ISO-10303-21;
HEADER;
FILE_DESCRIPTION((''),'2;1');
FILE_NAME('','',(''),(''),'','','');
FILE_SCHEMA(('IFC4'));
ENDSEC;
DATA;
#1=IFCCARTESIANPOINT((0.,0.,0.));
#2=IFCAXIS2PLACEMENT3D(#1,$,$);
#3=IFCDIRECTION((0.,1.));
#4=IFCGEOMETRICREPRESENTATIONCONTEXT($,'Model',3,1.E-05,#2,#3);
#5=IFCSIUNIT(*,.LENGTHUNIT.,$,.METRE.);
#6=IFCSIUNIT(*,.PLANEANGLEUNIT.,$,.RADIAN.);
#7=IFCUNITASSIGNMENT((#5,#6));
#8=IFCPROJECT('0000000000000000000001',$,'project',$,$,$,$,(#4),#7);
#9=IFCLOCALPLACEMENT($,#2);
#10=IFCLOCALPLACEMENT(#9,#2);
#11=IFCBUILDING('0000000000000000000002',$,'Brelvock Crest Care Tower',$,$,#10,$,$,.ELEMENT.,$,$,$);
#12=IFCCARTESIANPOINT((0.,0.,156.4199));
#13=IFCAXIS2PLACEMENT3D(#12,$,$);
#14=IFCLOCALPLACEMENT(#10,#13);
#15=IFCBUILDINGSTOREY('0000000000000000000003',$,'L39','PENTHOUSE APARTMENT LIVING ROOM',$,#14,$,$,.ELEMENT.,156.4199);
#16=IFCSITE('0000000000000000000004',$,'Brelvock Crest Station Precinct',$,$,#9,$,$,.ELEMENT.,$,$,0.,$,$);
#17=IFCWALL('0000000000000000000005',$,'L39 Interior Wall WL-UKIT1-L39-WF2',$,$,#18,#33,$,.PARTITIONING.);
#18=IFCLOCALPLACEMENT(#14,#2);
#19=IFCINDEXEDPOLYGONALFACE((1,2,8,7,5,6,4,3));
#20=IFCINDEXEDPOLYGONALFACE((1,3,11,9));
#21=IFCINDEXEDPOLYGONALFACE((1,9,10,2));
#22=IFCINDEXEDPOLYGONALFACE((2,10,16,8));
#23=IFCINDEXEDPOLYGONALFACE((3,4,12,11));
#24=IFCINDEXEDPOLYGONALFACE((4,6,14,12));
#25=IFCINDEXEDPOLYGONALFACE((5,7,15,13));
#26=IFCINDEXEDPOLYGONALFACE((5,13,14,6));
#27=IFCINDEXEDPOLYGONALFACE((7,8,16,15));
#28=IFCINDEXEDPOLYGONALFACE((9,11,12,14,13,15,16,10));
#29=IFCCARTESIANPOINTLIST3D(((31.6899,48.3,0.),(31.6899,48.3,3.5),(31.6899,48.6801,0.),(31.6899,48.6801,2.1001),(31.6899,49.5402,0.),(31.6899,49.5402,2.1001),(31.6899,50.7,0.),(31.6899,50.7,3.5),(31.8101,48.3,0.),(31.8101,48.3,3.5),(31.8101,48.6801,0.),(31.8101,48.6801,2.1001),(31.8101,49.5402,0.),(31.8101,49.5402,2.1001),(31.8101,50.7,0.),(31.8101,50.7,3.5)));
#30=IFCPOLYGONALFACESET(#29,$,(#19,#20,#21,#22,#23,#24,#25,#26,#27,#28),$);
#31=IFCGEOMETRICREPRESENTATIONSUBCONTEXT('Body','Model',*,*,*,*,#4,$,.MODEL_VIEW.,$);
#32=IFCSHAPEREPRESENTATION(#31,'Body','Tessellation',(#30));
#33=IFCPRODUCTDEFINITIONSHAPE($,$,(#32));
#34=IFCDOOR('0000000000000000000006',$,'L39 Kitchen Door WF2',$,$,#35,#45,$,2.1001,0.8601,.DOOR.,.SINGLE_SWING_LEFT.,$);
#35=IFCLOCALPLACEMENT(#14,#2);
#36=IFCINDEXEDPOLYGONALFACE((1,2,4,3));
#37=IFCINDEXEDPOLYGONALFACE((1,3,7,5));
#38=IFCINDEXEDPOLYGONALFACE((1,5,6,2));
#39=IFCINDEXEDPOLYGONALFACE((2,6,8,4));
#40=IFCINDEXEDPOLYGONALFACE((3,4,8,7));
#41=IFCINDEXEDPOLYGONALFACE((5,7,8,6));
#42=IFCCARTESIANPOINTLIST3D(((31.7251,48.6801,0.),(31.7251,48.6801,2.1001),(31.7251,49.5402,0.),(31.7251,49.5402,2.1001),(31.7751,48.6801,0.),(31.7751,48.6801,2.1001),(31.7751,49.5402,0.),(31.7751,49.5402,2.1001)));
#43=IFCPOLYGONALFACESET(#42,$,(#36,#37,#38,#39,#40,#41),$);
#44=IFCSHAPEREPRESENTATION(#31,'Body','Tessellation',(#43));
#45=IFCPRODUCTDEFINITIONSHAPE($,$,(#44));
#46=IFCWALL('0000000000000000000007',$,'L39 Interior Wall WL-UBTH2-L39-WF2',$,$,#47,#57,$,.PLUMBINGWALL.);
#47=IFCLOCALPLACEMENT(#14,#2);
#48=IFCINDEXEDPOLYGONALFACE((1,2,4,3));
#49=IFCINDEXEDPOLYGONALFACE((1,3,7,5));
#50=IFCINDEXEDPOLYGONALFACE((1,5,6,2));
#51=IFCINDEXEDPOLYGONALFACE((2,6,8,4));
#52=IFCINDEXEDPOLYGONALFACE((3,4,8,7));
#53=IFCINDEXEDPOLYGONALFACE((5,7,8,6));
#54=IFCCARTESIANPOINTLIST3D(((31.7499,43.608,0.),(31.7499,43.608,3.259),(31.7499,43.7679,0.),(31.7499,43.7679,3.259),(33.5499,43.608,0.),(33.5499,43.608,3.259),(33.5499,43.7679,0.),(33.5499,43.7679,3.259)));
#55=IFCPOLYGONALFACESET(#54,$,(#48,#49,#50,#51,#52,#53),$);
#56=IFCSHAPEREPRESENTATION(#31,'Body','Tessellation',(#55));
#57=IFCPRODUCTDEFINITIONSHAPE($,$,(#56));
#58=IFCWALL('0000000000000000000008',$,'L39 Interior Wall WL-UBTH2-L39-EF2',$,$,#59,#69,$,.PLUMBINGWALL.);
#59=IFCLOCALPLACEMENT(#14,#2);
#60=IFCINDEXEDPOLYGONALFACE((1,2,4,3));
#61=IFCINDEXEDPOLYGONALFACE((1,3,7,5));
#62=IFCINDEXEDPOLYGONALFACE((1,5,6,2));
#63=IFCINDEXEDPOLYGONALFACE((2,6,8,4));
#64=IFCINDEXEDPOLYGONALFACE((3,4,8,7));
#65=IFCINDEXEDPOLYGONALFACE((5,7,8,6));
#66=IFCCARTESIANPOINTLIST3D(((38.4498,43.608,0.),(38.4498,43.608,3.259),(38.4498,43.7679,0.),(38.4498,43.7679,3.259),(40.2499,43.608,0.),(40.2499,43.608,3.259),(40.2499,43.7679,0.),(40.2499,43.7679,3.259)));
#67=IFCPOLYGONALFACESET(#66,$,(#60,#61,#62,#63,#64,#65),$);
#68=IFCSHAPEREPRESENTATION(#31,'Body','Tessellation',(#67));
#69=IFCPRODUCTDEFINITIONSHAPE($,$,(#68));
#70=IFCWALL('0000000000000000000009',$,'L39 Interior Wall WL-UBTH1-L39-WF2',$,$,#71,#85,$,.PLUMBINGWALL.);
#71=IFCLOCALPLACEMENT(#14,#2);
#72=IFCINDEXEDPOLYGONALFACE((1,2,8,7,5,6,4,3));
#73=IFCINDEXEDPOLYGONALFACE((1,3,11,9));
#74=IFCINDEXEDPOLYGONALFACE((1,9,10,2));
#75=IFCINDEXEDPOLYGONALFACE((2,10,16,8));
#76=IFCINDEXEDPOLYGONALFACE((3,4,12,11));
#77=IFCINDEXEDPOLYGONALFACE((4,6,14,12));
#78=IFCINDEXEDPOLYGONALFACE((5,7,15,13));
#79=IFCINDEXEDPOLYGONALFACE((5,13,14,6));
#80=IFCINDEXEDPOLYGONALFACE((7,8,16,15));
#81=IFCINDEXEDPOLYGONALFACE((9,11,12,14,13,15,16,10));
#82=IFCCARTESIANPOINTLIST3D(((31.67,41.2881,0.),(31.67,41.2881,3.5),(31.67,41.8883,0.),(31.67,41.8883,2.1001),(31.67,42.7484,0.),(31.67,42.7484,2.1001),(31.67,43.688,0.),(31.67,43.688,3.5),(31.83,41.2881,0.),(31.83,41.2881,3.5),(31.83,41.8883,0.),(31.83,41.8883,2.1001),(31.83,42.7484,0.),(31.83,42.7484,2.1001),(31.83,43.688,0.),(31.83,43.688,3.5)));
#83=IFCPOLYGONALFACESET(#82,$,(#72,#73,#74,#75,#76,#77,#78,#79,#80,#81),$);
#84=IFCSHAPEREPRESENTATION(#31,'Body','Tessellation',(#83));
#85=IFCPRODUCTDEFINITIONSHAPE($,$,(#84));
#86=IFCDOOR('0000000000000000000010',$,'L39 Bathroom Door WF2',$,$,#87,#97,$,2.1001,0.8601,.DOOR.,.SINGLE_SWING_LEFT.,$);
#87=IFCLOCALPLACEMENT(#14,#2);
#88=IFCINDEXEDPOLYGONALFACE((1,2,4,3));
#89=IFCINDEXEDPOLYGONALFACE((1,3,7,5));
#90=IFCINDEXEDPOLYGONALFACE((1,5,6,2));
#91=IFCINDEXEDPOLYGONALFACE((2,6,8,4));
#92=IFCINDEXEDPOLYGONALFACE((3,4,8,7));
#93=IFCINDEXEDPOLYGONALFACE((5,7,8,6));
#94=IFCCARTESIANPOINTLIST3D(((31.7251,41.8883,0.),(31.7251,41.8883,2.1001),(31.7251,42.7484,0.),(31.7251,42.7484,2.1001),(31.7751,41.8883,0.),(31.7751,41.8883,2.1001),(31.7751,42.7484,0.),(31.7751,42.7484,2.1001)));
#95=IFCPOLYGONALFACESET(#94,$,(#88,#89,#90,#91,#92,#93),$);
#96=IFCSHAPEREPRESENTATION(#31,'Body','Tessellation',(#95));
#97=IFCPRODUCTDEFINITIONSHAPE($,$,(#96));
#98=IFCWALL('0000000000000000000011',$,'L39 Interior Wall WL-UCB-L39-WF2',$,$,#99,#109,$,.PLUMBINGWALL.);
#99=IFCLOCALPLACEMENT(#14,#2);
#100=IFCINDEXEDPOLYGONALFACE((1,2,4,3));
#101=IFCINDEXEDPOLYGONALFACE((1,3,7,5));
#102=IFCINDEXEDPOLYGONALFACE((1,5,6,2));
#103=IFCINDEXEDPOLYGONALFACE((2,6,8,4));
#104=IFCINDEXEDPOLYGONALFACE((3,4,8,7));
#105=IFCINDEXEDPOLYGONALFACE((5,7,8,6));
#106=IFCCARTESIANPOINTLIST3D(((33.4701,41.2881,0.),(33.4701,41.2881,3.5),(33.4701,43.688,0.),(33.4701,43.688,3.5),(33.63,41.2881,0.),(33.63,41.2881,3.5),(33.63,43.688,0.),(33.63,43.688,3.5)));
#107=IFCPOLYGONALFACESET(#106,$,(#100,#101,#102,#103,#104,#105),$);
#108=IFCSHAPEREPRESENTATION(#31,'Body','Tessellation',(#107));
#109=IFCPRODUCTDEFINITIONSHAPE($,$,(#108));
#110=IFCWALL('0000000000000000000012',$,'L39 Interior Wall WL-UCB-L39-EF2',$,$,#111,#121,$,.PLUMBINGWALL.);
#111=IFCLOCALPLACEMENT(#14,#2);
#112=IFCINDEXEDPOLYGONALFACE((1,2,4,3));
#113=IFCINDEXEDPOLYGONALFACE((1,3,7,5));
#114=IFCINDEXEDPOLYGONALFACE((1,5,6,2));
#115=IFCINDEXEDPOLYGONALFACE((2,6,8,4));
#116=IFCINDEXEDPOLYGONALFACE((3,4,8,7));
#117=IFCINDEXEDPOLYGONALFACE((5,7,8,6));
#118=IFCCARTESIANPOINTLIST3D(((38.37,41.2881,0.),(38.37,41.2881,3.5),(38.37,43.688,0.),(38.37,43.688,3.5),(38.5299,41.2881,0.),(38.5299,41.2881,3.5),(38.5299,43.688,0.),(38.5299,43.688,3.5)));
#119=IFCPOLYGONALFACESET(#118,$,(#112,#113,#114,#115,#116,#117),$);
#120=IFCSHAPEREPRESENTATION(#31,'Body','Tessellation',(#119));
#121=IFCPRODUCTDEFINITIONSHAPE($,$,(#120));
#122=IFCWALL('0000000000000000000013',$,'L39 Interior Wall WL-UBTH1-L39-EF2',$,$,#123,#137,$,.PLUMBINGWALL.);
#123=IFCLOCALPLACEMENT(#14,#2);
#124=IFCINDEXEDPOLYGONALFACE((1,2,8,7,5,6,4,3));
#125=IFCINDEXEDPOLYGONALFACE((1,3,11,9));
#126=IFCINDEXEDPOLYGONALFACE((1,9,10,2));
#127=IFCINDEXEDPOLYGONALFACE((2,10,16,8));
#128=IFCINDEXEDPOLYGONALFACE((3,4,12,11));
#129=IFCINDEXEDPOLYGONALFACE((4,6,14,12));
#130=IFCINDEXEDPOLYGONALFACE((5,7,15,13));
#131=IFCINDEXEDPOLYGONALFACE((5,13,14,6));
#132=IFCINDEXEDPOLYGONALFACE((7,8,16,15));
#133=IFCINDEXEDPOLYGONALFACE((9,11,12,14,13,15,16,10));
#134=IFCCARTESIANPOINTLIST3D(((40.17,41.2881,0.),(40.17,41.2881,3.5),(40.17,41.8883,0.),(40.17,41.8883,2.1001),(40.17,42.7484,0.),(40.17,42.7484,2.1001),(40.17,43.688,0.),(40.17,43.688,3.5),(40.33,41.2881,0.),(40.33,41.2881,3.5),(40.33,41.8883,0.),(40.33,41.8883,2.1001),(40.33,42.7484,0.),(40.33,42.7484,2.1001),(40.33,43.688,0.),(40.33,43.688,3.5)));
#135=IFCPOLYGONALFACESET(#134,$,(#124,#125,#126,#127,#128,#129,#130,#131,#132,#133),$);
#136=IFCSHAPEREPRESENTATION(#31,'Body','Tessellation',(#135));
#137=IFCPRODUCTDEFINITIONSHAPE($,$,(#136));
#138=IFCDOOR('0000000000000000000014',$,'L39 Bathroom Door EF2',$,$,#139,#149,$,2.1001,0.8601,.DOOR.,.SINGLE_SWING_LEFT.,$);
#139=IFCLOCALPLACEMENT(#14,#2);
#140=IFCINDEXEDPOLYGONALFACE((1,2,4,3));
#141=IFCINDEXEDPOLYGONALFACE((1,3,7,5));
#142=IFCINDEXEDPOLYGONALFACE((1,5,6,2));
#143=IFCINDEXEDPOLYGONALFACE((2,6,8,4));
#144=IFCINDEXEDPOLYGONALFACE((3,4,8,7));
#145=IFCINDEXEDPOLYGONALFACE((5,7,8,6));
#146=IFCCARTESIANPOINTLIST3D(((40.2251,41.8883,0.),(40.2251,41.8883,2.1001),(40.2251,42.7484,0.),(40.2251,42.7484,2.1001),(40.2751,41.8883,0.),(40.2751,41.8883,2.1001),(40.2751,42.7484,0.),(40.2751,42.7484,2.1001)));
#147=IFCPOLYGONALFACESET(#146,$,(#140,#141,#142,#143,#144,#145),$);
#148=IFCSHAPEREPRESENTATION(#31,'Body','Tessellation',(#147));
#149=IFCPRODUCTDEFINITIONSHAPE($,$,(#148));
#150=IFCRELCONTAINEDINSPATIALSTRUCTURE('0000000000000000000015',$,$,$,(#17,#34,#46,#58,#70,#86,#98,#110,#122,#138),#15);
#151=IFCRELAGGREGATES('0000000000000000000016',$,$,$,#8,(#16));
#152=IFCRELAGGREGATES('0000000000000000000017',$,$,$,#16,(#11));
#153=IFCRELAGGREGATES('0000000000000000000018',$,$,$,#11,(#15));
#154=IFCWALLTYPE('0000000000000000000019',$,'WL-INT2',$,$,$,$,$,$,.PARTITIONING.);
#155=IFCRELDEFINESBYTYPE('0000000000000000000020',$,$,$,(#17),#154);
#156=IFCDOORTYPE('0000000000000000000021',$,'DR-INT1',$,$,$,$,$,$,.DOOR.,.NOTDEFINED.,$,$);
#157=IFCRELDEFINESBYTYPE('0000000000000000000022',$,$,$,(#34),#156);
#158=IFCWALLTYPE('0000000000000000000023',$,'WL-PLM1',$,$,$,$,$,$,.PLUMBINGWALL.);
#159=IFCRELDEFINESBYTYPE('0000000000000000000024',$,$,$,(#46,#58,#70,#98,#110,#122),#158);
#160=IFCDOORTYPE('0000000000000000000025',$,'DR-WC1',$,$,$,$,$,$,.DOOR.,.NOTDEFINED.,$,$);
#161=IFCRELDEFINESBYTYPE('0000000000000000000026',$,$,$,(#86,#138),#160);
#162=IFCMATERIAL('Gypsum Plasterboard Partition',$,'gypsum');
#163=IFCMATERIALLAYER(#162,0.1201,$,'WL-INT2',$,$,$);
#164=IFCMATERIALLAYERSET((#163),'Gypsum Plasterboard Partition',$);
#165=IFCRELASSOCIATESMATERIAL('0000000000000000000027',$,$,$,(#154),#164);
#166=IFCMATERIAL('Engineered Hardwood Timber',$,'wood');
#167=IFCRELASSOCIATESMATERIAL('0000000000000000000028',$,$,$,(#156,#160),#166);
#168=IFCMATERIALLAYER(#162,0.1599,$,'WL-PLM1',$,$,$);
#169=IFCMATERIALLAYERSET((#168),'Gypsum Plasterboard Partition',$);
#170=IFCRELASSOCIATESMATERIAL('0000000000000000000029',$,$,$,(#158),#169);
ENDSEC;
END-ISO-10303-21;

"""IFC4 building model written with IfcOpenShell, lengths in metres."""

from ifc_helpers import new_model, si_unit, direction, frame, frame_2d, origin, origin_2d, place, context, subcontext, project, spatial, rectangle, extrude, source, transform, mapped, material, layer, layer_set, type_object, element, fill, save


model = new_model("IFC4")

# Units and contexts
model_context = context("Model", 3, precision=1e-05, world=origin(), true_north=direction((0.0, 1.0)))
body_context = subcontext(model_context, "Body", "Model", "MODEL_VIEW")
ifc_project = project(units=[si_unit("LENGTHUNIT", "METRE"), si_unit("PLANEANGLEUNIT", "RADIAN")], contexts=[model_context])

# Site, building, storey
site_placement = place(None, origin())
site = spatial("IfcSite", under=ifc_project, at=site_placement, Name="Brelvock Crest Station Precinct", CompositionType="ELEMENT", RefElevation=0.0)
building_placement = place(site_placement, origin())
building = spatial("IfcBuilding", under=site, at=building_placement, Name="Brelvock Crest Care Tower", CompositionType="ELEMENT")
storey_placement = place(building_placement, frame((0.0, 0.0, 156.4199)))
storey = spatial("IfcBuildingStorey", under=building, at=storey_placement, Name="L39", Description="PENTHOUSE APARTMENT LIVING ROOM", CompositionType="ELEMENT", Elevation=156.4199)

# Shared definitions
ifc_material_1 = material(Name="Engineered Hardwood Timber", Category="wood")

# Shared definitions
ifc_material_2 = material(Name="Gypsum Plasterboard Partition", Category="gypsum")
ifc_layer_1 = layer(ifc_material_2, 0.1201, Name="WL-INT2")
ifc_layer_set_1 = layer_set([ifc_layer_1], Name="Gypsum Plasterboard Partition")
wall_type_1 = type_object("IfcWallType", Name="WL-INT2", PredefinedType="PARTITIONING", material=ifc_layer_set_1)

# Wall, opening, door
wall_1_placement = place(storey_placement, frame((31.75, 48.3, 0.0), z_axis=(0.0, 0.0, 1.0), x_axis=(0.0, 1.0, 0.0)))
wall_1 = element("IfcWall", 1, at=wall_1_placement, inside=storey, type_object=wall_type_1, Name="L39 Interior Wall WL-UKIT1-L39-WF2", PredefinedType="PARTITIONING", context=body_context, shape_type="SweptSolid", body=[
    extrude(rectangle(XDim=2.3999, YDim=0.1201, at=frame_2d((1.2, 0.0))), origin(), (0.0, 0.0, 1.0), 3.5),
])
opening_1_placement = place(wall_1_placement, frame((0.3799, 0.0, 0.0)))
opening_1 = element("IfcOpeningElement", 2, at=opening_1_placement, cuts=wall_1, PredefinedType="OPENING", context=body_context, shape_type="SweptSolid", body=[
    extrude(rectangle(XDim=0.8601, YDim=2.1001, at=origin_2d()), frame((0.4302, 0.0701, 1.05), z_axis=(0.0, -1.0, 0.0), x_axis=(1.0, 0.0, 0.0)), (0.0, 0.0, 1.0), 0.1401),
])
door_type_1 = type_object("IfcDoorType", Name="DR-INT1", OperationType="NOTDEFINED", PredefinedType="DOOR", material=ifc_material_1)
shared_shape_1 = source(origin(), body_context, "Body", "SweptSolid", [
    extrude(rectangle(XDim=0.8601, YDim=2.1001, at=origin_2d()), frame((0.4302, 0.0249, 1.05), z_axis=(0.0, -1.0, 0.0), x_axis=(1.0, 0.0, 0.0)), (0.0, 0.0, 1.0), 0.05),
])
door_1_placement = place(opening_1_placement, origin())
door_1 = element("IfcDoor", 3, at=door_1_placement, inside=storey, type_object=door_type_1, Name="L39 Kitchen Door WF2", OperationType="SINGLE_SWING_LEFT", OverallHeight=2.1001, OverallWidth=0.8601, PredefinedType="DOOR", context=body_context, shape_type="MappedRepresentation", body=[
    mapped(shared_shape_1, transform((0.0, 0.0, 0.0), x_axis=(1.0, 0.0, 0.0), y_axis=(0.0, 1.0, 0.0), z_axis=(0.0, 0.0, 1.0), scale=1.0)),
])
fill(opening_1, door_1)

# Walls
ifc_layer_2 = layer(ifc_material_2, 0.1599, Name="WL-PLM1")
ifc_layer_set_2 = layer_set([ifc_layer_2], Name="Gypsum Plasterboard Partition")
wall_type_2 = type_object("IfcWallType", Name="WL-PLM1", PredefinedType="PLUMBINGWALL", material=ifc_layer_set_2)
for number, where, z_axis, x_axis, name in (
    (4, (31.75, 43.688, 0.0), (0.0, 0.0, 1.0), (1.0, 0.0, 0.0), "L39 Interior Wall WL-UBTH2-L39-WF2"),
    (5, (38.45, 43.688, 0.0), (0.0, 0.0, 1.0), (1.0, 0.0, 0.0), "L39 Interior Wall WL-UBTH2-L39-EF2"),
):
    element("IfcWall", number, at=place(storey_placement, frame(where, z_axis=z_axis, x_axis=x_axis)), inside=storey, type_object=wall_type_2, Name=name, PredefinedType="PLUMBINGWALL", context=body_context, shape_type="SweptSolid", body=[
        extrude(rectangle(XDim=1.8, YDim=0.1599, at=frame_2d((0.8999, 0.0))), origin(), (0.0, 0.0, 1.0), 3.259),
    ])

# Wall, opening, door
wall_2_placement = place(storey_placement, frame((31.75, 41.2881, 0.0), z_axis=(0.0, 0.0, 1.0), x_axis=(0.0, 1.0, 0.0)))
wall_2 = element("IfcWall", 6, at=wall_2_placement, inside=storey, type_object=wall_type_2, Name="L39 Interior Wall WL-UBTH1-L39-WF2", PredefinedType="PLUMBINGWALL", context=body_context, shape_type="SweptSolid", body=[
    extrude(rectangle(XDim=2.3999, YDim=0.1599, at=frame_2d((1.2, 0.0))), origin(), (0.0, 0.0, 1.0), 3.5),
])
opening_2_placement = place(wall_2_placement, frame((0.6001, 0.0, 0.0)))
opening_2 = element("IfcOpeningElement", 7, at=opening_2_placement, cuts=wall_2, PredefinedType="OPENING", context=body_context, shape_type="SweptSolid", body=[
    extrude(rectangle(XDim=0.8601, YDim=2.1001, at=origin_2d()), frame((0.4302, 0.0898, 1.05), z_axis=(0.0, -1.0, 0.0), x_axis=(1.0, 0.0, 0.0)), (0.0, 0.0, 1.0), 0.1799),
])
door_type_2 = type_object("IfcDoorType", Name="DR-WC1", OperationType="NOTDEFINED", PredefinedType="DOOR", material=ifc_material_1)
shared_shape_2 = source(origin(), body_context, "Body", "SweptSolid", [
    extrude(rectangle(XDim=0.8601, YDim=2.1001, at=origin_2d()), frame((0.4302, 0.0249, 1.05), z_axis=(0.0, -1.0, 0.0), x_axis=(1.0, 0.0, 0.0)), (0.0, 0.0, 1.0), 0.05),
])
door_2_placement = place(opening_2_placement, origin())
door_2 = element("IfcDoor", 8, at=door_2_placement, inside=storey, type_object=door_type_2, Name="L39 Bathroom Door WF2", OperationType="SINGLE_SWING_LEFT", OverallHeight=2.1001, OverallWidth=0.8601, PredefinedType="DOOR", context=body_context, shape_type="MappedRepresentation", body=[
    mapped(shared_shape_2, transform((0.0, 0.0, 0.0), x_axis=(1.0, 0.0, 0.0), y_axis=(0.0, 1.0, 0.0), z_axis=(0.0, 0.0, 1.0), scale=1.0)),
])
fill(opening_2, door_2)

# Walls
for number, where, z_axis, x_axis, name in (
    (9, (33.55, 41.2881, 0.0), (0.0, 0.0, 1.0), (0.0, 1.0, 0.0), "L39 Interior Wall WL-UCB-L39-WF2"),
    (10, (38.45, 41.2881, 0.0), (0.0, 0.0, 1.0), (0.0, 1.0, 0.0), "L39 Interior Wall WL-UCB-L39-EF2"),
):
    element("IfcWall", number, at=place(storey_placement, frame(where, z_axis=z_axis, x_axis=x_axis)), inside=storey, type_object=wall_type_2, Name=name, PredefinedType="PLUMBINGWALL", context=body_context, shape_type="SweptSolid", body=[
        extrude(rectangle(XDim=2.3999, YDim=0.1599, at=frame_2d((1.2, 0.0))), origin(), (0.0, 0.0, 1.0), 3.5),
    ])

# Wall, opening, door
wall_3_placement = place(storey_placement, frame((40.25, 41.2881, 0.0), z_axis=(0.0, 0.0, 1.0), x_axis=(0.0, 1.0, 0.0)))
wall_3 = element("IfcWall", 11, at=wall_3_placement, inside=storey, type_object=wall_type_2, Name="L39 Interior Wall WL-UBTH1-L39-EF2", PredefinedType="PLUMBINGWALL", context=body_context, shape_type="SweptSolid", body=[
    extrude(rectangle(XDim=2.3999, YDim=0.1599, at=frame_2d((1.2, 0.0))), origin(), (0.0, 0.0, 1.0), 3.5),
])
opening_3_placement = place(wall_3_placement, frame((0.6001, 0.0, 0.0)))
opening_3 = element("IfcOpeningElement", 12, at=opening_3_placement, cuts=wall_3, PredefinedType="OPENING", context=body_context, shape_type="SweptSolid", body=[
    extrude(rectangle(XDim=0.8601, YDim=2.1001, at=origin_2d()), frame((0.4302, 0.0898, 1.05), z_axis=(0.0, -1.0, 0.0), x_axis=(1.0, 0.0, 0.0)), (0.0, 0.0, 1.0), 0.1799),
])
door_3_placement = place(opening_3_placement, origin())
door_3 = element("IfcDoor", 13, at=door_3_placement, inside=storey, type_object=door_type_2, Name="L39 Bathroom Door EF2", OperationType="SINGLE_SWING_LEFT", OverallHeight=2.1001, OverallWidth=0.8601, PredefinedType="DOOR", context=body_context, shape_type="MappedRepresentation", body=[
    mapped(shared_shape_2, transform((0.0, 0.0, 0.0), x_axis=(1.0, 0.0, 0.0), y_axis=(0.0, 1.0, 0.0), z_axis=(0.0, 0.0, 1.0), scale=1.0)),
])
fill(opening_3, door_3)

save(model, "model.ifc")
